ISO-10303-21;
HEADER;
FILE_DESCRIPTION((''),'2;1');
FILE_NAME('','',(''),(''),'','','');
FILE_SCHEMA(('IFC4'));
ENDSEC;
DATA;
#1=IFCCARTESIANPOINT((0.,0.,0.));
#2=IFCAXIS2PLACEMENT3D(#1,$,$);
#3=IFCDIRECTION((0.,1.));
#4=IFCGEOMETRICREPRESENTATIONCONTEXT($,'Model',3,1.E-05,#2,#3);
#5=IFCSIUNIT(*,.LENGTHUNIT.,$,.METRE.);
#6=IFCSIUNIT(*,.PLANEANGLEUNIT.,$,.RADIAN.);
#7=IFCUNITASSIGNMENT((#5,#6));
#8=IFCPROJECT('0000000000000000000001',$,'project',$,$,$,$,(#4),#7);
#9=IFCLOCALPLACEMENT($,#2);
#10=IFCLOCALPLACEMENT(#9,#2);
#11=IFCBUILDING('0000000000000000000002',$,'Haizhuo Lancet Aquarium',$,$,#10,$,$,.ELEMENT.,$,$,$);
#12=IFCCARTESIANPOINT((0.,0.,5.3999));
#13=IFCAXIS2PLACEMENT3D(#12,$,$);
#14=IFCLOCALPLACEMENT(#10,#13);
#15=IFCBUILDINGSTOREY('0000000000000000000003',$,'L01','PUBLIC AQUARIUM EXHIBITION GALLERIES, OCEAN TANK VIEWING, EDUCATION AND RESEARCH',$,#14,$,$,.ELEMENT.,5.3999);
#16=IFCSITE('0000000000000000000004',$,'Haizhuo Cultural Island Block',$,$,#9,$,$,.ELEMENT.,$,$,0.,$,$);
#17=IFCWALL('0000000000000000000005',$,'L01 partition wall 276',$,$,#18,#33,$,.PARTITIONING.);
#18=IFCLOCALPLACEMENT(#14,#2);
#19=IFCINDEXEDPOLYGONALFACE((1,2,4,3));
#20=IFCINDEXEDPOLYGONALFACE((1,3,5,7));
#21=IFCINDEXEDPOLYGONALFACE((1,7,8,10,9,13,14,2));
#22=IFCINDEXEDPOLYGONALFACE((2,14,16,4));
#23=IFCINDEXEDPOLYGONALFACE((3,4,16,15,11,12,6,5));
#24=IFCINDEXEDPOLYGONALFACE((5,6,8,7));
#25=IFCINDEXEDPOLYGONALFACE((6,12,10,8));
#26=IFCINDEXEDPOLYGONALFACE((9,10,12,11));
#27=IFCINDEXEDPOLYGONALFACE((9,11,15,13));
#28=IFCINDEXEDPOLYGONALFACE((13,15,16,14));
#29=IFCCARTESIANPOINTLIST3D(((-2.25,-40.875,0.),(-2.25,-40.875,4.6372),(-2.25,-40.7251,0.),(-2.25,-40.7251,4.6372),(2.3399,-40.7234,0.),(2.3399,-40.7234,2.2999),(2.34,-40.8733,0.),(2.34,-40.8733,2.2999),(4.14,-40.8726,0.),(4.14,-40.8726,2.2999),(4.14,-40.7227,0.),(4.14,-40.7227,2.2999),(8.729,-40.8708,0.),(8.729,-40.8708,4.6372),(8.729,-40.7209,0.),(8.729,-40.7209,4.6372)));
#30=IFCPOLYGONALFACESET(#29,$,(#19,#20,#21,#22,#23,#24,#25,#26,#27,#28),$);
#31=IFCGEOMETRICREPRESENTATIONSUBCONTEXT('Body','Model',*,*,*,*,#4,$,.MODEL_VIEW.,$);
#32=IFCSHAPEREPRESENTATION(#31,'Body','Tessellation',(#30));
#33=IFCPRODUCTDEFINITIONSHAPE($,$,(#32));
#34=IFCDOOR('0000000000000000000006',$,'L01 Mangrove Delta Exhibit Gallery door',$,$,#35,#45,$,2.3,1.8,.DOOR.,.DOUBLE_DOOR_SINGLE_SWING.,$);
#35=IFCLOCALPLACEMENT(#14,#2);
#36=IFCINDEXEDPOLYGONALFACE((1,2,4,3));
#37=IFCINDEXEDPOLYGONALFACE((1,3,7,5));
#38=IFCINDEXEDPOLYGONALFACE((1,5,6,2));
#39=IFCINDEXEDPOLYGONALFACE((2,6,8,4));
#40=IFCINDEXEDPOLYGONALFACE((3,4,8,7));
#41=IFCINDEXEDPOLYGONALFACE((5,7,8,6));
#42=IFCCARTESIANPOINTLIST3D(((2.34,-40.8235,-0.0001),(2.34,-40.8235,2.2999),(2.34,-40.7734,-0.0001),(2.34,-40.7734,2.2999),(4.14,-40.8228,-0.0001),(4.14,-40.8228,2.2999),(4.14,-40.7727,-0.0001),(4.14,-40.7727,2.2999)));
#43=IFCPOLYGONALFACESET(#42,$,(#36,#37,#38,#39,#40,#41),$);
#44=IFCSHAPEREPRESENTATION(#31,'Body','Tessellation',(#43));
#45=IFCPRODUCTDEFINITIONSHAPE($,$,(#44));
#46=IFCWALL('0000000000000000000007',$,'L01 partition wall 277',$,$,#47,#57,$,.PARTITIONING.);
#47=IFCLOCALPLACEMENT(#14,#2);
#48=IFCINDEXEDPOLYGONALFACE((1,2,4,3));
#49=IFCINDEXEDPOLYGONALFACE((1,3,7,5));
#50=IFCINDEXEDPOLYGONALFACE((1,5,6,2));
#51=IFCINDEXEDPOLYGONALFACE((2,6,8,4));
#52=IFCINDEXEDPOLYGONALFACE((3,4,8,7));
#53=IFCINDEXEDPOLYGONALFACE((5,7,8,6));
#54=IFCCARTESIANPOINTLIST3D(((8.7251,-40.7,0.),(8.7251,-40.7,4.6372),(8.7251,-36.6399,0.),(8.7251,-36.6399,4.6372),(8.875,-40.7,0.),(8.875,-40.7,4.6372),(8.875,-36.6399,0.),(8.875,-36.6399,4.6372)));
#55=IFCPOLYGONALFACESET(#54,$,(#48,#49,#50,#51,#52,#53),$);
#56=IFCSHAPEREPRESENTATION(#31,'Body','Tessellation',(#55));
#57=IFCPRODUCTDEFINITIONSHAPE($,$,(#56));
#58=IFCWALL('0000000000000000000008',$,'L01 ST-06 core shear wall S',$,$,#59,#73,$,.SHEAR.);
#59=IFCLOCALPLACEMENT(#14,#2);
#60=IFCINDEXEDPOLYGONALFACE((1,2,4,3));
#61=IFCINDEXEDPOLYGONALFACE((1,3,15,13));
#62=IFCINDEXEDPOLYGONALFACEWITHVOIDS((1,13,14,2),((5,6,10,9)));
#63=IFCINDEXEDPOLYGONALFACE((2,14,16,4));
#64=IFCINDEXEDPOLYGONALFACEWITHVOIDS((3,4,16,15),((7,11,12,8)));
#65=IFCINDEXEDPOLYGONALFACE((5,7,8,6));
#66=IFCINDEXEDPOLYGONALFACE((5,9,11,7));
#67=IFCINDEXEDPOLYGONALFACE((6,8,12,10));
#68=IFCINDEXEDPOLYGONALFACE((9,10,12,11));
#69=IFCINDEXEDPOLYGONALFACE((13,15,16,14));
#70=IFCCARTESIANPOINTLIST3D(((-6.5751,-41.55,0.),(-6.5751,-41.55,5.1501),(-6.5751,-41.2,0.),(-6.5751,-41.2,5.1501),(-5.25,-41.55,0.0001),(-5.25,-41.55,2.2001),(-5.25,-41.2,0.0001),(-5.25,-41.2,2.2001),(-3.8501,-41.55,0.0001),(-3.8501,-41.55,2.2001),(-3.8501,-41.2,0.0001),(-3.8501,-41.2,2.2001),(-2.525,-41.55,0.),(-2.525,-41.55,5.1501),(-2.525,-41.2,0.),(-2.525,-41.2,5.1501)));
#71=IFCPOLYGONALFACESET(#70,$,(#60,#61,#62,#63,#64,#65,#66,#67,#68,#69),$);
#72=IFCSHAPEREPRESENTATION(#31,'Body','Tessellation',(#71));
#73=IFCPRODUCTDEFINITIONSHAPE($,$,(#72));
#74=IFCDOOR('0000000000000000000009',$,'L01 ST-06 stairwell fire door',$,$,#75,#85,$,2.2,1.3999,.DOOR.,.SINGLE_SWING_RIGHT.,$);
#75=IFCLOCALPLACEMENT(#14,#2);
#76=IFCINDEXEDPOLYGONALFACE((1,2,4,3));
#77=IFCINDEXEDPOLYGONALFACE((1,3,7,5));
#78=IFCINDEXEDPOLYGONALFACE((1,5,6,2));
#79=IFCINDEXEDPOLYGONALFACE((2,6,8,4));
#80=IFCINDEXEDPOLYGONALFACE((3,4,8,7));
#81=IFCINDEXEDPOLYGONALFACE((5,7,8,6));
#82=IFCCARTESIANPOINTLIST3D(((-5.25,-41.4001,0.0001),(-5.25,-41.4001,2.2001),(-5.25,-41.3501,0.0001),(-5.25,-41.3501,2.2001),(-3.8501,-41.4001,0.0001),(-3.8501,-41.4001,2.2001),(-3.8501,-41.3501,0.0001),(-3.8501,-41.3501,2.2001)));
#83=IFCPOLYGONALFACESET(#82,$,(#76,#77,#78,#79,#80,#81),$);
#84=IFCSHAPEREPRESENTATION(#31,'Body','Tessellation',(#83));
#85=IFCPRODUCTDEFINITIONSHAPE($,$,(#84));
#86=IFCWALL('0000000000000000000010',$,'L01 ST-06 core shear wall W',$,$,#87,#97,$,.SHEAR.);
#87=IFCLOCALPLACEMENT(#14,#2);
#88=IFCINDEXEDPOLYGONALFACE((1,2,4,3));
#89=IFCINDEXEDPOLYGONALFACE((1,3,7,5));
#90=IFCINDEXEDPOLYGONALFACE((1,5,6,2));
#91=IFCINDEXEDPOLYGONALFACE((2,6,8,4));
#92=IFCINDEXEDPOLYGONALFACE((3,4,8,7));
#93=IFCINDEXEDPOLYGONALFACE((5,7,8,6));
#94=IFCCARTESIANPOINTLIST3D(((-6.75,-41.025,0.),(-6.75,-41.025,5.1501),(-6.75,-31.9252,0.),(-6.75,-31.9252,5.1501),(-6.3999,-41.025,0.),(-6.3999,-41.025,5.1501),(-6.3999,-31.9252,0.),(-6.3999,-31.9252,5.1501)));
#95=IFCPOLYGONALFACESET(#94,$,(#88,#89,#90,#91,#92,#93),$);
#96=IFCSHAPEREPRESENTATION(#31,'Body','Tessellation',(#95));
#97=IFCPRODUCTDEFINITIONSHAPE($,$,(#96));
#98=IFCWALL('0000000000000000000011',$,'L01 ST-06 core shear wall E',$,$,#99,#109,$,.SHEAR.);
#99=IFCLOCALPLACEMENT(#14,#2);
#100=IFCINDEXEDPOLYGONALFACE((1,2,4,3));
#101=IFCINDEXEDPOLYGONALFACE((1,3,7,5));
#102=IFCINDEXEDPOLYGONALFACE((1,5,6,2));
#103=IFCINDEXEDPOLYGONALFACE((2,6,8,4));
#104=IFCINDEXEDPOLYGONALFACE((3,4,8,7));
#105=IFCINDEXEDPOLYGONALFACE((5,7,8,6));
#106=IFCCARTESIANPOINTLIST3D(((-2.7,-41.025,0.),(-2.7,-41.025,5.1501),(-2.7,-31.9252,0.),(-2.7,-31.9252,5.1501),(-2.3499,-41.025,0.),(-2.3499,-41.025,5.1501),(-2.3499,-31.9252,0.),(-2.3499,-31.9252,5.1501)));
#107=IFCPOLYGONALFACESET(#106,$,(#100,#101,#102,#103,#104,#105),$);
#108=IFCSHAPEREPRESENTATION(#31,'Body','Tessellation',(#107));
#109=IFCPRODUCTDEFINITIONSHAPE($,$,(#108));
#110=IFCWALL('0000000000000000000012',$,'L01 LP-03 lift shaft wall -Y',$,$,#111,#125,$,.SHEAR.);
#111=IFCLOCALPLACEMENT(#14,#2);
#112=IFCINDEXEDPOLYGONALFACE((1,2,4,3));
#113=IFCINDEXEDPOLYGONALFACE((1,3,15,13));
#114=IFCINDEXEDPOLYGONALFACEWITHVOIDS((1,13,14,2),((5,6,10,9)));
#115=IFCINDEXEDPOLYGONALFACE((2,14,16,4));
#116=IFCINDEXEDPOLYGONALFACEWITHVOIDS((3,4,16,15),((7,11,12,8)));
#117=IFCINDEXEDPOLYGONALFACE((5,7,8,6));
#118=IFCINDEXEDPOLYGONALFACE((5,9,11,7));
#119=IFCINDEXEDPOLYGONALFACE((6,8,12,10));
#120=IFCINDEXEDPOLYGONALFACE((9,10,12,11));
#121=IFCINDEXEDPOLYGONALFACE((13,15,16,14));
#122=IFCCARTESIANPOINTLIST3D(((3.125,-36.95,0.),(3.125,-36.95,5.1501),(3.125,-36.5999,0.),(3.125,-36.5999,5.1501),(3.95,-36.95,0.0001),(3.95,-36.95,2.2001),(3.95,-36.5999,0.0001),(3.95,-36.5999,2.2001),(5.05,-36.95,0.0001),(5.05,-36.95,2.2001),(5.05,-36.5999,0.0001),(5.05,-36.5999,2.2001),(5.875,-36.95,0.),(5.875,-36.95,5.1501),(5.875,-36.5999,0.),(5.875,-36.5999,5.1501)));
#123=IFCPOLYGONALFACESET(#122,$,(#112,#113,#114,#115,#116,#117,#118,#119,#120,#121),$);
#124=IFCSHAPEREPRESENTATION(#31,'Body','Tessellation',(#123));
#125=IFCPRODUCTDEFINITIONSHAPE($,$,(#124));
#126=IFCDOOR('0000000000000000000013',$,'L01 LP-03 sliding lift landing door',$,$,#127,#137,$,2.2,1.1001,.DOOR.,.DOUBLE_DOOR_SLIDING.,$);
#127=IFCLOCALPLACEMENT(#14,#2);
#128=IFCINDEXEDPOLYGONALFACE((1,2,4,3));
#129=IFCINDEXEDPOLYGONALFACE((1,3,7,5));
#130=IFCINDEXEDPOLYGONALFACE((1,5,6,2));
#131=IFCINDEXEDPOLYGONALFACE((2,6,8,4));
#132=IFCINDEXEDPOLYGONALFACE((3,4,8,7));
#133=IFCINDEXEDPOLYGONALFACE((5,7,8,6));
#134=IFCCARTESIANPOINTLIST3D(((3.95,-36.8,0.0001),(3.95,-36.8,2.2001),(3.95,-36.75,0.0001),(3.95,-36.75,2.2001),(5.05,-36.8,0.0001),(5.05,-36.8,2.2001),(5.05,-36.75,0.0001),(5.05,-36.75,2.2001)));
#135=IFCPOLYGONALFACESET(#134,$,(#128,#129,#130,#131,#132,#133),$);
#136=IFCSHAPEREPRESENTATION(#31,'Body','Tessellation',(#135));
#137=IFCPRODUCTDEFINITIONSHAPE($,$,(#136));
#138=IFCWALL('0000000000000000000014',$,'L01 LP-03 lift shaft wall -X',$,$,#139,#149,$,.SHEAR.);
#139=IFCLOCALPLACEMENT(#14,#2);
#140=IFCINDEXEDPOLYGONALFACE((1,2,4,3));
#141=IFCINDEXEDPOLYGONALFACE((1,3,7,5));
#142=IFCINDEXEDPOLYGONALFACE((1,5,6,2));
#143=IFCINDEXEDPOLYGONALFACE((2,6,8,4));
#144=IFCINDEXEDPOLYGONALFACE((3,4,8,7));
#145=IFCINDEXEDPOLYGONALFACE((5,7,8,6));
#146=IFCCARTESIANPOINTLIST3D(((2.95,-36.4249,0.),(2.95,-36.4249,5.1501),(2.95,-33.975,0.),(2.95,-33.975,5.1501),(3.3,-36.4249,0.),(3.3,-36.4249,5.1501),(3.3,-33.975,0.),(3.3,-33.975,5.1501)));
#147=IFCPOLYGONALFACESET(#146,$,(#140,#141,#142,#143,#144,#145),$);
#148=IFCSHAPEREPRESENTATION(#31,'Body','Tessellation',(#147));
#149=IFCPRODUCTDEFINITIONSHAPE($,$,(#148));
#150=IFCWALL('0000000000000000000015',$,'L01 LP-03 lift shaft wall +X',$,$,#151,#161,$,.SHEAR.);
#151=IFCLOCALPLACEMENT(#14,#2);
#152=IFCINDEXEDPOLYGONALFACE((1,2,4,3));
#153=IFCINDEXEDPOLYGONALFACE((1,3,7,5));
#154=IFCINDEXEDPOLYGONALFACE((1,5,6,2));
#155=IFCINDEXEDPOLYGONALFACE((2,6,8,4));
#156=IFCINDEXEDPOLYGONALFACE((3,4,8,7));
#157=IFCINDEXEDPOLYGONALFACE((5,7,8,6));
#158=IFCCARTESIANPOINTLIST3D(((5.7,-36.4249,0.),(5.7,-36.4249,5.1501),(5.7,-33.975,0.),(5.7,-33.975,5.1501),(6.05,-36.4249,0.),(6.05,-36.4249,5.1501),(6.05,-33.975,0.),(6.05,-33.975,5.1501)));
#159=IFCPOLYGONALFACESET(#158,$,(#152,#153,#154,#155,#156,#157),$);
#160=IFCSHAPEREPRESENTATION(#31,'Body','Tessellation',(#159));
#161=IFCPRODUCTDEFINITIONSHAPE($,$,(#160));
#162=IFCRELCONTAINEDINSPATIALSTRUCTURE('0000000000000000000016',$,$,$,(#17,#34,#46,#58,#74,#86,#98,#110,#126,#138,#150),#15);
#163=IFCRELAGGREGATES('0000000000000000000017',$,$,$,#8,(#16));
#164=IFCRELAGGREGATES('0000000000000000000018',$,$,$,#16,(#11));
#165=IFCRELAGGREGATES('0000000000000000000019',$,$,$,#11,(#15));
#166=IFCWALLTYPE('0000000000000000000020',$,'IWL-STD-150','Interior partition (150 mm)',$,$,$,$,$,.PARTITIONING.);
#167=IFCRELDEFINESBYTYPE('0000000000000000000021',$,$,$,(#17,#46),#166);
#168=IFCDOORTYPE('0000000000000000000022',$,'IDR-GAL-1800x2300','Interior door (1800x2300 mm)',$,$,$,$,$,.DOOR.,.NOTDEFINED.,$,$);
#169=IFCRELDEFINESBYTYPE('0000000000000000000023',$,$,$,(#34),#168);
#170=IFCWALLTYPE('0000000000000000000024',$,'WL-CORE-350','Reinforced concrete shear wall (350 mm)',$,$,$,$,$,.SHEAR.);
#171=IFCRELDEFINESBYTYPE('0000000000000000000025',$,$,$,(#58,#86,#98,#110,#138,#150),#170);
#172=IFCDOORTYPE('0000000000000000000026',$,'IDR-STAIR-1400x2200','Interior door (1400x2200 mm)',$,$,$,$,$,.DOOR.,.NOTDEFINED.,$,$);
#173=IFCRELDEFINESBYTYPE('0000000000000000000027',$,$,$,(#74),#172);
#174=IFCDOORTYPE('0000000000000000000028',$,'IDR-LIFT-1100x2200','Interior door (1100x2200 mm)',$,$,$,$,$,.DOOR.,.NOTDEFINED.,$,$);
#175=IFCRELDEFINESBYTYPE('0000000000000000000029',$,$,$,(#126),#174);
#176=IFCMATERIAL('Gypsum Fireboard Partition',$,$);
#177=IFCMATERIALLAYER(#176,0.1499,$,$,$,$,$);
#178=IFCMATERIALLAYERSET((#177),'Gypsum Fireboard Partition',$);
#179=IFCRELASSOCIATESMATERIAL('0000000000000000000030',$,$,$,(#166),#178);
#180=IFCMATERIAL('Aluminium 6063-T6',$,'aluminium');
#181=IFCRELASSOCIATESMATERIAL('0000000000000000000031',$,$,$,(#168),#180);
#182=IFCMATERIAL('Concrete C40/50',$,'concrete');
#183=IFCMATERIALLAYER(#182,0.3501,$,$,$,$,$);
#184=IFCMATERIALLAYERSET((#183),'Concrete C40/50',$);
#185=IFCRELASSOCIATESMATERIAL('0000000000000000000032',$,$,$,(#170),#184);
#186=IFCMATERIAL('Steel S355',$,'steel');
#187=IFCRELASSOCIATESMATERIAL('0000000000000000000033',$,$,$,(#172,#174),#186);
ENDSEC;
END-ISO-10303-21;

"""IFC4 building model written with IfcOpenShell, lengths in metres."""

from ifc_helpers import new_model, si_unit, direction, frame, frame_2d, origin, place, context, subcontext, project, spatial, rectangle, extrude, material, layer, layer_set, type_object, element, fill, save


model = new_model("IFC4")

# Units and contexts
model_context = context("Model", 3, precision=1e-05, world=origin(), true_north=direction((0.0, 1.0)))
body_context = subcontext(model_context, "Body", "Model", "MODEL_VIEW")
ifc_project = project(units=[si_unit("LENGTHUNIT", "METRE"), si_unit("PLANEANGLEUNIT", "RADIAN")], contexts=[model_context])

# Site, building, storey
site_placement = place(None, origin())
site = spatial("IfcSite", under=ifc_project, at=site_placement, Name="Haizhuo Cultural Island Block", CompositionType="ELEMENT", RefElevation=0.0)
building_placement = place(site_placement, origin())
building = spatial("IfcBuilding", under=site, at=building_placement, Name="Haizhuo Lancet Aquarium", CompositionType="ELEMENT")
storey_placement = place(building_placement, frame((0.0, 0.0, 5.3999)))
storey = spatial("IfcBuildingStorey", under=building, at=storey_placement, Name="L01", Description="PUBLIC AQUARIUM EXHIBITION GALLERIES, OCEAN TANK VIEWING, EDUCATION AND RESEARCH", CompositionType="ELEMENT", Elevation=5.3999)

# Shared definitions
ifc_material_1 = material(Name="Steel S355", Category="steel")

# Wall, opening, door
ifc_material_2 = material(Name="Gypsum Fireboard Partition")
ifc_layer_1 = layer(ifc_material_2, 0.1499)
ifc_layer_set_1 = layer_set([ifc_layer_1], Name="Gypsum Fireboard Partition")
wall_type_1 = type_object("IfcWallType", Name="IWL-STD-150", Description="Interior partition (150 mm)", PredefinedType="PARTITIONING", material=ifc_layer_set_1)
wall_1_placement = place(storey_placement, frame((-2.25, -40.8, 0.0), z_axis=(0.0, 0.0, 1.0), x_axis=(1.0, 0.000378, 0.0)))
wall_1 = element("IfcWall", 1, at=wall_1_placement, inside=storey, type_object=wall_type_1, Name="L01 partition wall 276", PredefinedType="PARTITIONING", context=body_context, shape_type="SweptSolid", body=[
    extrude(rectangle(XDim=10.979, YDim=0.1499, at=frame_2d((5.4895, 0.0))), origin(), (0.0, 0.0, 1.0), 4.6372),
])
opening_1_placement = place(wall_1_placement, frame((4.5901, 0.0, 0.0)))
opening_1 = element("IfcOpeningElement", 2, at=opening_1_placement, cuts=wall_1, PredefinedType="OPENING", context=body_context, shape_type="SweptSolid", body=[
    extrude(rectangle(XDim=1.8, YDim=2.3, at=frame_2d((0.8999, 1.1499))), frame((0.0, 0.085, 0.0), z_axis=(0.0, -1.0, 0.0), x_axis=(1.0, 0.0, 0.0)), (0.0, 0.0, 1.0), 0.1699),
])
ifc_material_3 = material(Name="Aluminium 6063-T6", Category="aluminium")
door_type_1 = type_object("IfcDoorType", Name="IDR-GAL-1800x2300", Description="Interior door (1800x2300 mm)", OperationType="NOTDEFINED", PredefinedType="DOOR", material=ifc_material_3)
door_1_placement = place(opening_1_placement, origin())
door_1 = element("IfcDoor", 3, at=door_1_placement, inside=storey, type_object=door_type_1, Name="L01 Mangrove Delta Exhibit Gallery door", OperationType="DOUBLE_DOOR_SINGLE_SWING", OverallHeight=2.3, OverallWidth=1.8, PredefinedType="DOOR", context=body_context, shape_type="SweptSolid", body=[
    extrude(rectangle(XDim=1.8, YDim=2.3, at=frame_2d((0.8999, 1.1499))), frame((0.0, 0.0249, 0.0), z_axis=(0.0, -1.0, 0.0), x_axis=(1.0, 0.0, 0.0)), (0.0, 0.0, 1.0), 0.05),
])
fill(opening_1, door_1)

# Wall
wall_2_placement = place(storey_placement, frame((8.8, -40.7, 0.0), z_axis=(0.0, 0.0, 1.0), x_axis=(0.0, 1.0, 0.0)))
element("IfcWall", 4, at=wall_2_placement, inside=storey, type_object=wall_type_1, Name="L01 partition wall 277", PredefinedType="PARTITIONING", context=body_context, shape_type="SweptSolid", body=[
    extrude(rectangle(XDim=4.0601, YDim=0.1499, at=frame_2d((2.03, 0.0))), origin(), (0.0, 0.0, 1.0), 4.6372),
])

# Wall, opening, door
ifc_material_4 = material(Name="Concrete C40/50", Category="concrete")
ifc_layer_2 = layer(ifc_material_4, 0.3501)
ifc_layer_set_2 = layer_set([ifc_layer_2], Name="Concrete C40/50")
wall_type_2 = type_object("IfcWallType", Name="WL-CORE-350", Description="Reinforced concrete shear wall (350 mm)", PredefinedType="SHEAR", material=ifc_layer_set_2)
wall_3_placement = place(storey_placement, frame((-6.575, -41.375, 0.0), z_axis=(0.0, 0.0, 1.0), x_axis=(1.0, 0.0, 0.0)))
wall_3 = element("IfcWall", 5, at=wall_3_placement, inside=storey, type_object=wall_type_2, Name="L01 ST-06 core shear wall S", PredefinedType="SHEAR", context=body_context, shape_type="SweptSolid", body=[
    extrude(rectangle(XDim=4.05, YDim=0.3501, at=frame_2d((2.0249, 0.0))), origin(), (0.0, 0.0, 1.0), 5.1501),
])
opening_2_placement = place(wall_3_placement, frame((1.325, 0.0, 0.0)))
opening_2 = element("IfcOpeningElement", 6, at=opening_2_placement, cuts=wall_3, PredefinedType="OPENING", context=body_context, shape_type="SweptSolid", body=[
    extrude(rectangle(XDim=1.3999, YDim=2.2, at=frame_2d((0.7, 1.1001))), frame((0.0, 0.1851, 0.0), z_axis=(0.0, -1.0, 0.0), x_axis=(1.0, 0.0, 0.0)), (0.0, 0.0, 1.0), 0.3701),
])
door_type_2 = type_object("IfcDoorType", Name="IDR-STAIR-1400x2200", Description="Interior door (1400x2200 mm)", OperationType="NOTDEFINED", PredefinedType="DOOR", material=ifc_material_1)
door_2_placement = place(opening_2_placement, origin())
door_2 = element("IfcDoor", 7, at=door_2_placement, inside=storey, type_object=door_type_2, Name="L01 ST-06 stairwell fire door", OperationType="SINGLE_SWING_RIGHT", OverallHeight=2.2, OverallWidth=1.3999, PredefinedType="DOOR", context=body_context, shape_type="SweptSolid", body=[
    extrude(rectangle(XDim=1.3999, YDim=2.2, at=frame_2d((0.7, 1.1001))), frame((0.0, 0.0249, 0.0), z_axis=(0.0, -1.0, 0.0), x_axis=(1.0, 0.0, 0.0)), (0.0, 0.0, 1.0), 0.05),
])
fill(opening_2, door_2)

# Walls
for number, where, z_axis, x_axis, name in (
    (8, (-6.575, -41.0249, 0.0), (0.0, 0.0, 1.0), (0.0, 1.0, 0.0), "L01 ST-06 core shear wall W"),
    (9, (-2.5249, -41.0249, 0.0), (0.0, 0.0, 1.0), (0.0, 1.0, 0.0), "L01 ST-06 core shear wall E"),
):
    element("IfcWall", number, at=place(storey_placement, frame(where, z_axis=z_axis, x_axis=x_axis)), inside=storey, type_object=wall_type_2, Name=name, PredefinedType="SHEAR", context=body_context, shape_type="SweptSolid", body=[
        extrude(rectangle(XDim=9.0999, YDim=0.3501, at=frame_2d((4.5498, 0.0))), origin(), (0.0, 0.0, 1.0), 5.1501),
    ])

# Wall, opening, door
wall_4_placement = place(storey_placement, frame((3.125, -36.7749, 0.0), z_axis=(0.0, 0.0, 1.0), x_axis=(1.0, 0.0, 0.0)))
wall_4 = element("IfcWall", 10, at=wall_4_placement, inside=storey, type_object=wall_type_2, Name="L01 LP-03 lift shaft wall -Y", PredefinedType="SHEAR", context=body_context, shape_type="SweptSolid", body=[
    extrude(rectangle(XDim=2.75, YDim=0.3501, at=frame_2d((1.375, 0.0))), origin(), (0.0, 0.0, 1.0), 5.1501),
])
opening_3_placement = place(wall_4_placement, frame((0.825, 0.0, 0.0)))
opening_3 = element("IfcOpeningElement", 11, at=opening_3_placement, cuts=wall_4, PredefinedType="OPENING", context=body_context, shape_type="SweptSolid", body=[
    extrude(rectangle(XDim=1.1001, YDim=2.2, at=frame_2d((0.55, 1.1001))), frame((0.0, 0.1851, 0.0), z_axis=(0.0, -1.0, 0.0), x_axis=(1.0, 0.0, 0.0)), (0.0, 0.0, 1.0), 0.3701),
])
door_type_3 = type_object("IfcDoorType", Name="IDR-LIFT-1100x2200", Description="Interior door (1100x2200 mm)", OperationType="NOTDEFINED", PredefinedType="DOOR", material=ifc_material_1)
door_3_placement = place(opening_3_placement, origin())
door_3 = element("IfcDoor", 12, at=door_3_placement, inside=storey, type_object=door_type_3, Name="L01 LP-03 sliding lift landing door", OperationType="DOUBLE_DOOR_SLIDING", OverallHeight=2.2, OverallWidth=1.1001, PredefinedType="DOOR", context=body_context, shape_type="SweptSolid", body=[
    extrude(rectangle(XDim=1.1001, YDim=2.2, at=frame_2d((0.55, 1.1001))), frame((0.0, 0.0249, 0.0), z_axis=(0.0, -1.0, 0.0), x_axis=(1.0, 0.0, 0.0)), (0.0, 0.0, 1.0), 0.05),
])
fill(opening_3, door_3)

# Walls
for number, where, z_axis, x_axis, name in (
    (13, (3.125, -36.425, 0.0), (0.0, 0.0, 1.0), (0.0, 1.0, 0.0), "L01 LP-03 lift shaft wall -X"),
    (14, (5.875, -36.425, 0.0), (0.0, 0.0, 1.0), (0.0, 1.0, 0.0), "L01 LP-03 lift shaft wall +X"),
):
    element("IfcWall", number, at=place(storey_placement, frame(where, z_axis=z_axis, x_axis=x_axis)), inside=storey, type_object=wall_type_2, Name=name, PredefinedType="SHEAR", context=body_context, shape_type="SweptSolid", body=[
        extrude(rectangle(XDim=2.45, YDim=0.3501, at=frame_2d((1.2251, 0.0))), origin(), (0.0, 0.0, 1.0), 5.1501),
    ])

save(model, "model.ifc")
